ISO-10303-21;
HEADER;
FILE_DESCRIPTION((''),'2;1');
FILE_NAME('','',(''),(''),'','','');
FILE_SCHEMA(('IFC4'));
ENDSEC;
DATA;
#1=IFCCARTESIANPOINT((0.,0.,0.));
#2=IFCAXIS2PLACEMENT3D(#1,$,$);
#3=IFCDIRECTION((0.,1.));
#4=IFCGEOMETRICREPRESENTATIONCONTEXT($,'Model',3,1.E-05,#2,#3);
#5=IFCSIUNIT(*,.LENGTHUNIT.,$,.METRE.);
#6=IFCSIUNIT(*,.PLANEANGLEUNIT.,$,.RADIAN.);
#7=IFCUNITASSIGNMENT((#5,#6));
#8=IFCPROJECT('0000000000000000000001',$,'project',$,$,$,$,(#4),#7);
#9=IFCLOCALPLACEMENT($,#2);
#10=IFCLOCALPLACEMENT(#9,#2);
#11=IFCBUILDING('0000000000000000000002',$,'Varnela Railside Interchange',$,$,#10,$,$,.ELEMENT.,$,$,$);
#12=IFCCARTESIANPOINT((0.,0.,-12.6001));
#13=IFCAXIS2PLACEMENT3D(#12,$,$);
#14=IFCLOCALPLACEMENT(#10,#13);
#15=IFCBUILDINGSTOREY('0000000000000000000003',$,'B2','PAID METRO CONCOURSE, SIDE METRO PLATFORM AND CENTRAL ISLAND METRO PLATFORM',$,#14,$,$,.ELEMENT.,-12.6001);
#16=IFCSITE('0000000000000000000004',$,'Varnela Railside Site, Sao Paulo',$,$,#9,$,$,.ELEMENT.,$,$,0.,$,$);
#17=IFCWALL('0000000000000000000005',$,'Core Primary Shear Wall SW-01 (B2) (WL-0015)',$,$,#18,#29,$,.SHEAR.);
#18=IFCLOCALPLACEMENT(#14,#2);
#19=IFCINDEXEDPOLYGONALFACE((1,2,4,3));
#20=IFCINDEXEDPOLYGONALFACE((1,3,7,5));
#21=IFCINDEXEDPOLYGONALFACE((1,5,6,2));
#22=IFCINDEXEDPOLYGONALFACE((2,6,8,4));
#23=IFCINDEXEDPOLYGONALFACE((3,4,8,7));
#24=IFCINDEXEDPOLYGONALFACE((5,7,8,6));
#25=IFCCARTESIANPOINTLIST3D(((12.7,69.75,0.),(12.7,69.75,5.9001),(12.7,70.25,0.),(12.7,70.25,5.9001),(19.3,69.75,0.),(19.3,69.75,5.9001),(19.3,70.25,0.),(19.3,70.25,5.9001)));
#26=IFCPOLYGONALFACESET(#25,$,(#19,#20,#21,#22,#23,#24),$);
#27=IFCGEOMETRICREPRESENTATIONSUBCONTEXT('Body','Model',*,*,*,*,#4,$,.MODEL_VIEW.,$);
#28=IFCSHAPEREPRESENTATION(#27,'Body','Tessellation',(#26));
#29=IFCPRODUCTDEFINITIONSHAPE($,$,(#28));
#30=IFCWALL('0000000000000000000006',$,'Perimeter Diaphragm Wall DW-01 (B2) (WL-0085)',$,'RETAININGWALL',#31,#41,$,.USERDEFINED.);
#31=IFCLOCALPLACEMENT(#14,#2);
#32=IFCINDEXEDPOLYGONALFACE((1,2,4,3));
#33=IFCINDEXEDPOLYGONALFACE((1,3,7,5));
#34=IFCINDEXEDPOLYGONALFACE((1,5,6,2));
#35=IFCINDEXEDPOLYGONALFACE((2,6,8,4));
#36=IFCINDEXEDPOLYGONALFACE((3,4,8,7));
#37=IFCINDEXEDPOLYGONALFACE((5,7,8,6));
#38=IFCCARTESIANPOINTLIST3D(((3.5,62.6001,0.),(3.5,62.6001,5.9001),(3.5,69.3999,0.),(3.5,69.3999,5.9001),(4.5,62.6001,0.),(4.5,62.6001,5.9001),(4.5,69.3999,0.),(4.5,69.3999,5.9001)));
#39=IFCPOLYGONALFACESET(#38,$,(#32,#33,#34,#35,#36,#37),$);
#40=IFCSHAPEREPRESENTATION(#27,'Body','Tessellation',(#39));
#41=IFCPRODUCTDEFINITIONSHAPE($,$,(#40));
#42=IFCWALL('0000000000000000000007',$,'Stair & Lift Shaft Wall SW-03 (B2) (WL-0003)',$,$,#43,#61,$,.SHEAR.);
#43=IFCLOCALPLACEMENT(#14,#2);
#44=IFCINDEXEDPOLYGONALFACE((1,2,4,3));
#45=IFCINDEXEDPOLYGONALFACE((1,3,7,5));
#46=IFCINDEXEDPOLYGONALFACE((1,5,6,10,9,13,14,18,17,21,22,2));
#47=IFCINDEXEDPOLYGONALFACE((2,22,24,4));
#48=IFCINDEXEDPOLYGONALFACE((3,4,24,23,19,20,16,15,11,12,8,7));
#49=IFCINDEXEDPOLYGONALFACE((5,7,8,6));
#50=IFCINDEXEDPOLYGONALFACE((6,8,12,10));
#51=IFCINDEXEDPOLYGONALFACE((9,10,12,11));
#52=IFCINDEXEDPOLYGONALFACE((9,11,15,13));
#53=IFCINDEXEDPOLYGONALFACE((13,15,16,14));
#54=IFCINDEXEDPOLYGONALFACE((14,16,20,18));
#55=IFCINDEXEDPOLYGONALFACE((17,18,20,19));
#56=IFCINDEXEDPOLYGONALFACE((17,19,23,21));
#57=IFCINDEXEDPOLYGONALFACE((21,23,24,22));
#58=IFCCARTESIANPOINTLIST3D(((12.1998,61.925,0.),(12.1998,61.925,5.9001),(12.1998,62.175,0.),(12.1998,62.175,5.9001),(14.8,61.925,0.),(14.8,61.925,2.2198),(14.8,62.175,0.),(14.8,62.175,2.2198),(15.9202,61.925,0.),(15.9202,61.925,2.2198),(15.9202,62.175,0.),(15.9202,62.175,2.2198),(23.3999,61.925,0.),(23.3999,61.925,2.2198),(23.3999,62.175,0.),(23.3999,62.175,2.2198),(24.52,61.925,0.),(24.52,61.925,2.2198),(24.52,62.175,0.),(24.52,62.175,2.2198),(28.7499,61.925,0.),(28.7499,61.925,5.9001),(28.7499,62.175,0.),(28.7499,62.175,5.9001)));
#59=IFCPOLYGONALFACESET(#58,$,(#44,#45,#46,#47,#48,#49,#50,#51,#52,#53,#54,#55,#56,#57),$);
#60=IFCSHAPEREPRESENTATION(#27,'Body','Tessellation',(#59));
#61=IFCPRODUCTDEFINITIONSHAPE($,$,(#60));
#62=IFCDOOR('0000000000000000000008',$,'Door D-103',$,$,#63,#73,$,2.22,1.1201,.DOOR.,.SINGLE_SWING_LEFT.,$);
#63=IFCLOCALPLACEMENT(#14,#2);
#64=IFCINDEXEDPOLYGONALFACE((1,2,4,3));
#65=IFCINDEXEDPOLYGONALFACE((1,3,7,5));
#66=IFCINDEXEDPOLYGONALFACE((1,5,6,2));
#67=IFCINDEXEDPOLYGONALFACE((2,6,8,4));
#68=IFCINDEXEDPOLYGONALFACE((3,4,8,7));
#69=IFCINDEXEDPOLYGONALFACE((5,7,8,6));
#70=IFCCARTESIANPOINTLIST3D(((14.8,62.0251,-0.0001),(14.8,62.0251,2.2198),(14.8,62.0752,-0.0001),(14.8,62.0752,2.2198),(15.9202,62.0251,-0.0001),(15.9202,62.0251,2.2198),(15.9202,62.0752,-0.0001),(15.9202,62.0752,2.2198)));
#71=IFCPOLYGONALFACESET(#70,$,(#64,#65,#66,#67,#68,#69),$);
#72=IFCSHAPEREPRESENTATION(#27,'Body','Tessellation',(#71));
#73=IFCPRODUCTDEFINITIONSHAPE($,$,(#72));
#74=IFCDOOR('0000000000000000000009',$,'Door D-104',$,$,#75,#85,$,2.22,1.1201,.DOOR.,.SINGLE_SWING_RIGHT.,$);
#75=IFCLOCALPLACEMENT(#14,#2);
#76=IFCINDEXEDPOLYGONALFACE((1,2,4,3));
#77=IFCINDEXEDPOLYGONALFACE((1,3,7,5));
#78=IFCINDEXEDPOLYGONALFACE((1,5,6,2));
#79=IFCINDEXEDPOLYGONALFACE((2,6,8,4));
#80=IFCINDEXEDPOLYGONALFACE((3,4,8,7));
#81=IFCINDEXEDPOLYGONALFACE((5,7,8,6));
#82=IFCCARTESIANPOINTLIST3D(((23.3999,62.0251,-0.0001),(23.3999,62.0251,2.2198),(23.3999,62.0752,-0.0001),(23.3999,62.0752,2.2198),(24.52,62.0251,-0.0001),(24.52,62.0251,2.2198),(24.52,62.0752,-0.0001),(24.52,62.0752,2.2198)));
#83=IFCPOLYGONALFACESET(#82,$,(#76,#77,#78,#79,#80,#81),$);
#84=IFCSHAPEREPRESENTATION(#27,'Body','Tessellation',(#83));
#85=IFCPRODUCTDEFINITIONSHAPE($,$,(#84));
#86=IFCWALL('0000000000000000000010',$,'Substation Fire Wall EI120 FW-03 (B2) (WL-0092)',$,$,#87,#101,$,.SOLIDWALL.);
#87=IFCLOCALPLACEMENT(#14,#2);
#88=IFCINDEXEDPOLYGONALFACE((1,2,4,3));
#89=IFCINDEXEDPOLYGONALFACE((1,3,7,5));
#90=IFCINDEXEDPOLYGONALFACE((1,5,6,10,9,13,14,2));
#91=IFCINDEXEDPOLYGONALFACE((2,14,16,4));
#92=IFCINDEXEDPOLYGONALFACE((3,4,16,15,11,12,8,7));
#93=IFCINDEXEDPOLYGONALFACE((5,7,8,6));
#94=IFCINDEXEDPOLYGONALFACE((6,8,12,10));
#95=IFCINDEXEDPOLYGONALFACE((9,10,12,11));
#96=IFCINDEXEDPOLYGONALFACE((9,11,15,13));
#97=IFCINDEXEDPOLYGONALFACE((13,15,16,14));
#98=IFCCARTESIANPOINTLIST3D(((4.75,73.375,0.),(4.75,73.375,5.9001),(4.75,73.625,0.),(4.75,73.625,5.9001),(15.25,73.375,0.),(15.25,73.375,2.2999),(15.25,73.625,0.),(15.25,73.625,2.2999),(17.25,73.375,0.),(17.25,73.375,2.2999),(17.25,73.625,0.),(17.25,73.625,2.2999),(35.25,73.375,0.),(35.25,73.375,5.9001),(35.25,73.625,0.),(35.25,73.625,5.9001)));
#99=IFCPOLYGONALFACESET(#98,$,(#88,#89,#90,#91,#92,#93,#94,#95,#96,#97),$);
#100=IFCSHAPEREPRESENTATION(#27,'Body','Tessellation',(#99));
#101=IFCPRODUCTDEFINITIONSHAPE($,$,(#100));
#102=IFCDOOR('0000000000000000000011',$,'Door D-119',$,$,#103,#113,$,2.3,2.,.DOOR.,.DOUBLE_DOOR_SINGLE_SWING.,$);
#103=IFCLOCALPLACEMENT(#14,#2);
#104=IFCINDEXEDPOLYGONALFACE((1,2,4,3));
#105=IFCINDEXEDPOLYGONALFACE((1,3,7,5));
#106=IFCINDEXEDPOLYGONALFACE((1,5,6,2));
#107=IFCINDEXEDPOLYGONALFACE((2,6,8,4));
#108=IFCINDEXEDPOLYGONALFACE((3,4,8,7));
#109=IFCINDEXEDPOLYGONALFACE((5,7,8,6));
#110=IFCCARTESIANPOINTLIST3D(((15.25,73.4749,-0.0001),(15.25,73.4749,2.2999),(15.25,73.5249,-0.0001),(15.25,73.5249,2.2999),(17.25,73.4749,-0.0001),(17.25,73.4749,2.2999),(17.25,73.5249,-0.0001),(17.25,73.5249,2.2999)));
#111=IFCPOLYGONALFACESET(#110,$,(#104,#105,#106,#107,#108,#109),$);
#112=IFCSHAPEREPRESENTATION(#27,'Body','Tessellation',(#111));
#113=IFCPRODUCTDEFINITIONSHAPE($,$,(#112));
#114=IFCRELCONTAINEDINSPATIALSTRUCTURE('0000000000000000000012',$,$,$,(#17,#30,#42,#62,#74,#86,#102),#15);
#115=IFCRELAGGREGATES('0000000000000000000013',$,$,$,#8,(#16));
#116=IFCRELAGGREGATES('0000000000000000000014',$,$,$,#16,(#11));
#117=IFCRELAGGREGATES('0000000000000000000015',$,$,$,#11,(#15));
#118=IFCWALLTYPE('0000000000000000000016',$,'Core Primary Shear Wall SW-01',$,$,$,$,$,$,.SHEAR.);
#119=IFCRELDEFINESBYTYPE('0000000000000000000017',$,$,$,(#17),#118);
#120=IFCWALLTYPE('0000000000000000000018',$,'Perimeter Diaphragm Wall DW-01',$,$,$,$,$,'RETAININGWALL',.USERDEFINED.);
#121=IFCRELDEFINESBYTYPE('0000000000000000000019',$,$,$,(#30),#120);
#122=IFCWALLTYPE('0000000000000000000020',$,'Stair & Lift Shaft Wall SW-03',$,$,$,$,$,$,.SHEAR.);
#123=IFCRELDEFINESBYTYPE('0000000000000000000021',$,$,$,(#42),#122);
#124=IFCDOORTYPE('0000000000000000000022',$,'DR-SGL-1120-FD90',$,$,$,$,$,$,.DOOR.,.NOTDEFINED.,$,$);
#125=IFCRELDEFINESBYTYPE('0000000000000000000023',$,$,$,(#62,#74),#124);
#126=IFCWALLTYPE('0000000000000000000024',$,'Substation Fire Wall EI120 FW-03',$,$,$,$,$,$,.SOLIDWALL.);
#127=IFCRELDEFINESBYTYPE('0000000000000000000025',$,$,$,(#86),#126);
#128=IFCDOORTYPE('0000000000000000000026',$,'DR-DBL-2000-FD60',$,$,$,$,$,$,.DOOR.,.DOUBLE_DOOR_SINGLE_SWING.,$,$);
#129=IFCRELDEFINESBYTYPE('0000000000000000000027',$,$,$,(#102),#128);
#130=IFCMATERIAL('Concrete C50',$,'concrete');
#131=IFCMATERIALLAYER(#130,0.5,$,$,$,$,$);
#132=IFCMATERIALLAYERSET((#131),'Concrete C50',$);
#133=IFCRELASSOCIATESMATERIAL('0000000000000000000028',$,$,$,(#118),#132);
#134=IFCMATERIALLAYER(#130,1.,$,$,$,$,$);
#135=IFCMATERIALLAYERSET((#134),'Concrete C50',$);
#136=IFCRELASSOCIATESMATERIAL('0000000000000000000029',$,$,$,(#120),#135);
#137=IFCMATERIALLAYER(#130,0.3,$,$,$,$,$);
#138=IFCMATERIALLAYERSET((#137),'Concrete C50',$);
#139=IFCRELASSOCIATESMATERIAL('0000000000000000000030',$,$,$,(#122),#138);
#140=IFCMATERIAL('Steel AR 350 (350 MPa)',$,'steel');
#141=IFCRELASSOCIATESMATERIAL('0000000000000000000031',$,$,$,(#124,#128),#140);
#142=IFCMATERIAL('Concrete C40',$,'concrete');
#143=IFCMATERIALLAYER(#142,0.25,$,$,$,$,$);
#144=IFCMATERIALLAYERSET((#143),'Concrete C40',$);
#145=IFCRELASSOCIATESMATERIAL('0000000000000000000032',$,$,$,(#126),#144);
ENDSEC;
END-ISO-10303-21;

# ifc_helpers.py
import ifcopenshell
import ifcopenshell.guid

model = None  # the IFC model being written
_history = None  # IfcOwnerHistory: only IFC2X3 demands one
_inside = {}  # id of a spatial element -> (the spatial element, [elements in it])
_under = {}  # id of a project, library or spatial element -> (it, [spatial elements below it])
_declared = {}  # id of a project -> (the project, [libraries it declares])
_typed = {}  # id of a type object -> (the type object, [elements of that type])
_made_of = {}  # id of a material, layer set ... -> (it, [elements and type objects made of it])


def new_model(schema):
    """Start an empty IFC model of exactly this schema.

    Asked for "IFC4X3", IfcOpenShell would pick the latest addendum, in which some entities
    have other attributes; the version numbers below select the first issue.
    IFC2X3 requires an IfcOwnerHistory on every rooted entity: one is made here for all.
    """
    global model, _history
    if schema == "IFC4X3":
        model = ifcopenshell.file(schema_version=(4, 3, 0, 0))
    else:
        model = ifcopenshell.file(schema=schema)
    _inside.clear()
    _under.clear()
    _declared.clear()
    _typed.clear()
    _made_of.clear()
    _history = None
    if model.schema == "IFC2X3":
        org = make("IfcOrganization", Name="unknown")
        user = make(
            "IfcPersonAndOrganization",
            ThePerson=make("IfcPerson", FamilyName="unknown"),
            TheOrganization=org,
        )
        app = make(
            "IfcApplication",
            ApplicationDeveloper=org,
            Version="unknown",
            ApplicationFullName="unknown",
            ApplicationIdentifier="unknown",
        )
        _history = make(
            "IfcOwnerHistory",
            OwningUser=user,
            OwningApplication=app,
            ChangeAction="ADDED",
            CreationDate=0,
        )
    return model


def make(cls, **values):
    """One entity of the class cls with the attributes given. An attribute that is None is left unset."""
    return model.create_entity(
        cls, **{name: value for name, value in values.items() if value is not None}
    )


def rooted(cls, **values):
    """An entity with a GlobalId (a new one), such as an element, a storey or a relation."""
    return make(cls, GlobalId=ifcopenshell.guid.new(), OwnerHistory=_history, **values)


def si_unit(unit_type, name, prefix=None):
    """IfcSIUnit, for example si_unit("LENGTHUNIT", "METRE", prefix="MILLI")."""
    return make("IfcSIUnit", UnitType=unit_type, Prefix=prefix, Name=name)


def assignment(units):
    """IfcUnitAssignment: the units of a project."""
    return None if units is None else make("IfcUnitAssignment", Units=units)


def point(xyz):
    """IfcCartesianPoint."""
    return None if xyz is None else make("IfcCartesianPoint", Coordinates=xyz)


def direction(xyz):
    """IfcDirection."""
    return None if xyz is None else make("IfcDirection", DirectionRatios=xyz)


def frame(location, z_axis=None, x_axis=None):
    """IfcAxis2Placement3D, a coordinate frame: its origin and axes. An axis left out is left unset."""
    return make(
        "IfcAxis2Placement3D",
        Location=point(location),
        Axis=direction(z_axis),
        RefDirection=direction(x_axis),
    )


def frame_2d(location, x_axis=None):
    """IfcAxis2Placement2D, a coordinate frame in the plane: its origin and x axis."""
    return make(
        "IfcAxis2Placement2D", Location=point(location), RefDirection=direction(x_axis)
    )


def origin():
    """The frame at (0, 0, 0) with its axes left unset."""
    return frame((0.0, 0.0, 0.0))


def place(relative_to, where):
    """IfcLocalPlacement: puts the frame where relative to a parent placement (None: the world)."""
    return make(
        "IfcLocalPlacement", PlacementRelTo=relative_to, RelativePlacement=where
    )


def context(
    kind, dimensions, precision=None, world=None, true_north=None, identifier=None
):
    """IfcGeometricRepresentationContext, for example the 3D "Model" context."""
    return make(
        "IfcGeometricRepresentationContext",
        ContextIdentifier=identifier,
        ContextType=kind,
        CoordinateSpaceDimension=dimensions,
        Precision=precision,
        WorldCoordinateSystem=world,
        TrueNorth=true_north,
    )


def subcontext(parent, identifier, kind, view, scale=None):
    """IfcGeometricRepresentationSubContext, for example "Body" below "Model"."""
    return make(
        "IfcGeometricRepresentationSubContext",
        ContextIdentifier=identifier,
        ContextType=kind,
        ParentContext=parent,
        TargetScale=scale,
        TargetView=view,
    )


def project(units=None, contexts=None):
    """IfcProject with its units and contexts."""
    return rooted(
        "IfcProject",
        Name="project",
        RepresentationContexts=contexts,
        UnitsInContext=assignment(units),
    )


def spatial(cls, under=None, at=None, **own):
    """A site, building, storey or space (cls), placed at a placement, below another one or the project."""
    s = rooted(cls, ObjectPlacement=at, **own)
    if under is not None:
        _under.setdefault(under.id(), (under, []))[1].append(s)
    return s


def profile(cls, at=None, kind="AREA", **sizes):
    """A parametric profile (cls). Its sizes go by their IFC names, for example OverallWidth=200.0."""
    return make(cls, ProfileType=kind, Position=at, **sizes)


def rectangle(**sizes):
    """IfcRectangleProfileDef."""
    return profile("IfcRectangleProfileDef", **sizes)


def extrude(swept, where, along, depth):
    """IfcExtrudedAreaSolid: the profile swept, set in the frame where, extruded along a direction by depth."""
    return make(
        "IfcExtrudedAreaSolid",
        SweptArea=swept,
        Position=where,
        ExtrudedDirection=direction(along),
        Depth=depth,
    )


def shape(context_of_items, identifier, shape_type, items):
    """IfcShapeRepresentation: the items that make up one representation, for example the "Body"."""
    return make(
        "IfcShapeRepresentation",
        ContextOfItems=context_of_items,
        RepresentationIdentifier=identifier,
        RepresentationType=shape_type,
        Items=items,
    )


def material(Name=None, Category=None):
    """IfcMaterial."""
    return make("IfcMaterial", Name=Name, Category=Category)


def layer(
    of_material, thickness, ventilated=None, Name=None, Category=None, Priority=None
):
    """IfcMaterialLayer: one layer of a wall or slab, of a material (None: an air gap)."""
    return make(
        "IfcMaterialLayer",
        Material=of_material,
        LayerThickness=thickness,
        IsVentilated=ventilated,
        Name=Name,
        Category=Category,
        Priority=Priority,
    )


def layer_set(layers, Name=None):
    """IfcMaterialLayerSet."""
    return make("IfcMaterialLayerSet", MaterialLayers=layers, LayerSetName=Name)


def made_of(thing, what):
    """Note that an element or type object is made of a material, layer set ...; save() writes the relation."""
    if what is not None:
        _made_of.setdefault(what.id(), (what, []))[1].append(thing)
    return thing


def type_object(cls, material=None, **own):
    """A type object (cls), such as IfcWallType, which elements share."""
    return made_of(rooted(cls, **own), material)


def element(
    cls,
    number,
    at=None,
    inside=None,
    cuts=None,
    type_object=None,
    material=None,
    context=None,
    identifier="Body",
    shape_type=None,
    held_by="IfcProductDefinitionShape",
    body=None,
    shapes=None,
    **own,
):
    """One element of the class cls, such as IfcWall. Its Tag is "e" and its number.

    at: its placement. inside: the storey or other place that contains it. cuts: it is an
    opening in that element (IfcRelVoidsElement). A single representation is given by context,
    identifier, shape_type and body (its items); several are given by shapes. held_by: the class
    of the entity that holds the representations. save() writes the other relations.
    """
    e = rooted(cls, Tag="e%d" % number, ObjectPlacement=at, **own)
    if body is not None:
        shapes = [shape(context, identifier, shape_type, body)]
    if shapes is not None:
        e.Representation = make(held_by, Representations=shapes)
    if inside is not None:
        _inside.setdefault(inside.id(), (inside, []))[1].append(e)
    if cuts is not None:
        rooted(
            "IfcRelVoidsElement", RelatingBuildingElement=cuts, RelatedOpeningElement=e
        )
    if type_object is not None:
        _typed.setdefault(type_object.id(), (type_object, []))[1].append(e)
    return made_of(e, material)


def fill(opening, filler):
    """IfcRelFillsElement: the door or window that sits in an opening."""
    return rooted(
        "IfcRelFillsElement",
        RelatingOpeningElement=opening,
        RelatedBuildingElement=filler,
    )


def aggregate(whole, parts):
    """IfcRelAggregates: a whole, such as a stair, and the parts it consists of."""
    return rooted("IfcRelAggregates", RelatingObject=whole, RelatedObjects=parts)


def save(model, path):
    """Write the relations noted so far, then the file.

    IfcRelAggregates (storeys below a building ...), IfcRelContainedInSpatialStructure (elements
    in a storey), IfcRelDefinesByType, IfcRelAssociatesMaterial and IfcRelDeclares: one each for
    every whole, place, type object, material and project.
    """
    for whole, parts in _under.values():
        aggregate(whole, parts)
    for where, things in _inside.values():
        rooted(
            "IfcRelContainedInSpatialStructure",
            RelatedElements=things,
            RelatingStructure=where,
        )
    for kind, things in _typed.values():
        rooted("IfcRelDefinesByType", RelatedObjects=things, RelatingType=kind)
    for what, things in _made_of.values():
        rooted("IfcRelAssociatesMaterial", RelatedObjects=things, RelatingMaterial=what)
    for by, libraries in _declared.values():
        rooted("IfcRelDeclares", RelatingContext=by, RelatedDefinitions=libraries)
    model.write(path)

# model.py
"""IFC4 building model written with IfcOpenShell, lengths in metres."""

from ifc_helpers import new_model, si_unit, direction, frame, frame_2d, origin, place, context, subcontext, project, spatial, rectangle, extrude, material, layer, layer_set, type_object, element, fill, save


model = new_model("IFC4")

# Units and contexts
model_context = context("Model", 3, precision=1e-05, world=origin(), true_north=direction((0.0, 1.0)))
body_context = subcontext(model_context, "Body", "Model", "MODEL_VIEW")
ifc_project = project(units=[si_unit("LENGTHUNIT", "METRE"), si_unit("PLANEANGLEUNIT", "RADIAN")], contexts=[model_context])

# Site, building, storey
site_placement = place(None, origin())
site = spatial("IfcSite", under=ifc_project, at=site_placement, Name="Varnela Railside Site, Sao Paulo", CompositionType="ELEMENT", RefElevation=0.0)
building_placement = place(site_placement, origin())
building = spatial("IfcBuilding", under=site, at=building_placement, Name="Varnela Railside Interchange", CompositionType="ELEMENT")
storey_placement = place(building_placement, frame((0.0, 0.0, -12.6001)))
storey = spatial("IfcBuildingStorey", under=building, at=storey_placement, Name="B2", Description="PAID METRO CONCOURSE, SIDE METRO PLATFORM AND CENTRAL ISLAND METRO PLATFORM", CompositionType="ELEMENT", Elevation=-12.6001)

# Shared definitions
ifc_material_1 = material(Name="Concrete C40", Category="concrete")

# Shared definitions
ifc_material_2 = material(Name="Concrete C50", Category="concrete")

# Shared definitions
ifc_material_3 = material(Name="Steel AR 350 (350 MPa)", Category="steel")

# Walls
ifc_layer_1 = layer(ifc_material_2, 0.5)
ifc_layer_set_1 = layer_set([ifc_layer_1], Name="Concrete C50")
wall_type_1 = type_object("IfcWallType", Name="Core Primary Shear Wall SW-01", PredefinedType="SHEAR", material=ifc_layer_set_1)
wall_1_placement = place(storey_placement, frame((12.7, 70.0, 0.0), z_axis=(0.0, 0.0, 1.0), x_axis=(1.0, 0.0, 0.0)))
element("IfcWall", 1, at=wall_1_placement, inside=storey, type_object=wall_type_1, Name="Core Primary Shear Wall SW-01 (B2) (WL-0015)", PredefinedType="SHEAR", context=body_context, shape_type="SweptSolid", body=[
    extrude(rectangle(XDim=6.6001, YDim=0.5, at=frame_2d((3.3, 0.0))), origin(), (0.0, 0.0, 1.0), 5.9001),
])
ifc_layer_2 = layer(ifc_material_2, 1.0)
ifc_layer_set_2 = layer_set([ifc_layer_2], Name="Concrete C50")
wall_type_2 = type_object("IfcWallType", Name="Perimeter Diaphragm Wall DW-01", ElementType="RETAININGWALL", PredefinedType="USERDEFINED", material=ifc_layer_set_2)
wall_2_placement = place(storey_placement, frame((4.0, 69.3999, 0.0), z_axis=(0.0, 0.0, 1.0), x_axis=(0.0, -1.0, 0.0)))
element("IfcWall", 2, at=wall_2_placement, inside=storey, type_object=wall_type_2, Name="Perimeter Diaphragm Wall DW-01 (B2) (WL-0085)", ObjectType="RETAININGWALL", PredefinedType="USERDEFINED", context=body_context, shape_type="SweptSolid", body=[
    extrude(rectangle(XDim=6.7998, YDim=1.0, at=frame_2d((3.3999, 0.0))), origin(), (0.0, 0.0, 1.0), 5.9001),
])

# Wall, openings, doors
ifc_layer_3 = layer(ifc_material_2, 0.3)
ifc_layer_set_3 = layer_set([ifc_layer_3], Name="Concrete C50")
wall_type_3 = type_object("IfcWallType", Name="Stair & Lift Shaft Wall SW-03", PredefinedType="SHEAR", material=ifc_layer_set_3)
wall_3_placement = place(storey_placement, frame((12.2, 62.05, 0.0), z_axis=(0.0, 0.0, 1.0), x_axis=(1.0, 0.0, 0.0)))
wall_3 = element("IfcWall", 3, at=wall_3_placement, inside=storey, type_object=wall_type_3, Name="Stair & Lift Shaft Wall SW-03 (B2) (WL-0003)", PredefinedType="SHEAR", context=body_context, shape_type="SweptSolid", body=[
    extrude(rectangle(XDim=16.55, YDim=0.25, at=frame_2d((8.2749, 0.0))), origin(), (0.0, 0.0, 1.0), 5.9001),
])
opening_1_placement = place(wall_3_placement, frame((2.6001, 0.0, 0.0)))
opening_1 = element("IfcOpeningElement", 4, at=opening_1_placement, cuts=wall_3, PredefinedType="OPENING", context=body_context, shape_type="SweptSolid", body=[
    extrude(rectangle(XDim=1.1201, YDim=2.22, at=frame_2d((0.5601, 1.1099))), frame((0.0, 0.135, 0.0), z_axis=(0.0, -1.0, 0.0), x_axis=(1.0, 0.0, 0.0)), (0.0, 0.0, 1.0), 0.27),
])
opening_2_placement = place(wall_3_placement, frame((11.2, 0.0, 0.0)))
opening_2 = element("IfcOpeningElement", 5, at=opening_2_placement, cuts=wall_3, PredefinedType="OPENING", context=body_context, shape_type="SweptSolid", body=[
    extrude(rectangle(XDim=1.1201, YDim=2.22, at=frame_2d((0.5601, 1.1099))), frame((0.0, 0.135, 0.0), z_axis=(0.0, -1.0, 0.0), x_axis=(1.0, 0.0, 0.0)), (0.0, 0.0, 1.0), 0.27),
])
door_type_1 = type_object("IfcDoorType", Name="DR-SGL-1120-FD90", OperationType="NOTDEFINED", PredefinedType="DOOR", material=ifc_material_3)
door_1_placement = place(opening_1_placement, frame((1.1201, 0.0, 0.0), z_axis=(0.0, 0.0, 1.0), x_axis=(-1.0, 0.0, 0.0)))
door_1 = element("IfcDoor", 6, at=door_1_placement, inside=storey, type_object=door_type_1, Name="Door D-103", OperationType="SINGLE_SWING_LEFT", OverallHeight=2.22, OverallWidth=1.1201, PredefinedType="DOOR", context=body_context, shape_type="SweptSolid", body=[
    extrude(rectangle(XDim=1.1201, YDim=2.22, at=frame_2d((0.5601, 1.1099))), frame((0.0, 0.0249, 0.0), z_axis=(0.0, -1.0, 0.0), x_axis=(1.0, 0.0, 0.0)), (0.0, 0.0, 1.0), 0.05),
])
fill(opening_1, door_1)
door_2_placement = place(opening_2_placement, frame((1.1201, 0.0, 0.0), z_axis=(0.0, 0.0, 1.0), x_axis=(-1.0, 0.0, 0.0)))
door_2 = element("IfcDoor", 7, at=door_2_placement, inside=storey, type_object=door_type_1, Name="Door D-104", OperationType="SINGLE_SWING_RIGHT", OverallHeight=2.22, OverallWidth=1.1201, PredefinedType="DOOR", context=body_context, shape_type="SweptSolid", body=[
    extrude(rectangle(XDim=1.1201, YDim=2.22, at=frame_2d((0.5601, 1.1099))), frame((0.0, 0.0249, 0.0), z_axis=(0.0, -1.0, 0.0), x_axis=(1.0, 0.0, 0.0)), (0.0, 0.0, 1.0), 0.05),
])
fill(opening_2, door_2)

# Wall, opening, door
ifc_layer_4 = layer(ifc_material_1, 0.25)
ifc_layer_set_4 = layer_set([ifc_layer_4], Name="Concrete C40")
wall_type_4 = type_object("IfcWallType", Name="Substation Fire Wall EI120 FW-03", PredefinedType="SOLIDWALL", material=ifc_layer_set_4)
wall_4_placement = place(storey_placement, frame((4.75, 73.5, 0.0), z_axis=(0.0, 0.0, 1.0), x_axis=(1.0, 0.0, 0.0)))
wall_4 = element("IfcWall", 8, at=wall_4_placement, inside=storey, type_object=wall_type_4, Name="Substation Fire Wall EI120 FW-03 (B2) (WL-0092)", PredefinedType="SOLIDWALL", context=body_context, shape_type="SweptSolid", body=[
    extrude(rectangle(XDim=30.5, YDim=0.25, at=frame_2d((15.25, 0.0))), origin(), (0.0, 0.0, 1.0), 5.9001),
])
opening_3_placement = place(wall_4_placement, frame((10.5, 0.0, 0.0)))
opening_3 = element("IfcOpeningElement", 9, at=opening_3_placement, cuts=wall_4, PredefinedType="OPENING", context=body_context, shape_type="SweptSolid", body=[
    extrude(rectangle(XDim=2.0, YDim=2.3, at=frame_2d((1.0, 1.1499))), frame((0.0, 0.135, 0.0), z_axis=(0.0, -1.0, 0.0), x_axis=(1.0, 0.0, 0.0)), (0.0, 0.0, 1.0), 0.27),
])
door_type_2 = type_object("IfcDoorType", Name="DR-DBL-2000-FD60", OperationType="DOUBLE_DOOR_SINGLE_SWING", PredefinedType="DOOR", material=ifc_material_3)
door_3_placement = place(opening_3_placement, origin())
door_3 = element("IfcDoor", 10, at=door_3_placement, inside=storey, type_object=door_type_2, Name="Door D-119", OperationType="DOUBLE_DOOR_SINGLE_SWING", OverallHeight=2.3, OverallWidth=2.0, PredefinedType="DOOR", context=body_context, shape_type="SweptSolid", body=[
    extrude(rectangle(XDim=2.0, YDim=2.3, at=frame_2d((1.0, 1.1499))), frame((0.0, 0.0249, 0.0), z_axis=(0.0, -1.0, 0.0), x_axis=(1.0, 0.0, 0.0)), (0.0, 0.0, 1.0), 0.05),
])
fill(opening_3, door_3)

save(model, "model.ifc")
